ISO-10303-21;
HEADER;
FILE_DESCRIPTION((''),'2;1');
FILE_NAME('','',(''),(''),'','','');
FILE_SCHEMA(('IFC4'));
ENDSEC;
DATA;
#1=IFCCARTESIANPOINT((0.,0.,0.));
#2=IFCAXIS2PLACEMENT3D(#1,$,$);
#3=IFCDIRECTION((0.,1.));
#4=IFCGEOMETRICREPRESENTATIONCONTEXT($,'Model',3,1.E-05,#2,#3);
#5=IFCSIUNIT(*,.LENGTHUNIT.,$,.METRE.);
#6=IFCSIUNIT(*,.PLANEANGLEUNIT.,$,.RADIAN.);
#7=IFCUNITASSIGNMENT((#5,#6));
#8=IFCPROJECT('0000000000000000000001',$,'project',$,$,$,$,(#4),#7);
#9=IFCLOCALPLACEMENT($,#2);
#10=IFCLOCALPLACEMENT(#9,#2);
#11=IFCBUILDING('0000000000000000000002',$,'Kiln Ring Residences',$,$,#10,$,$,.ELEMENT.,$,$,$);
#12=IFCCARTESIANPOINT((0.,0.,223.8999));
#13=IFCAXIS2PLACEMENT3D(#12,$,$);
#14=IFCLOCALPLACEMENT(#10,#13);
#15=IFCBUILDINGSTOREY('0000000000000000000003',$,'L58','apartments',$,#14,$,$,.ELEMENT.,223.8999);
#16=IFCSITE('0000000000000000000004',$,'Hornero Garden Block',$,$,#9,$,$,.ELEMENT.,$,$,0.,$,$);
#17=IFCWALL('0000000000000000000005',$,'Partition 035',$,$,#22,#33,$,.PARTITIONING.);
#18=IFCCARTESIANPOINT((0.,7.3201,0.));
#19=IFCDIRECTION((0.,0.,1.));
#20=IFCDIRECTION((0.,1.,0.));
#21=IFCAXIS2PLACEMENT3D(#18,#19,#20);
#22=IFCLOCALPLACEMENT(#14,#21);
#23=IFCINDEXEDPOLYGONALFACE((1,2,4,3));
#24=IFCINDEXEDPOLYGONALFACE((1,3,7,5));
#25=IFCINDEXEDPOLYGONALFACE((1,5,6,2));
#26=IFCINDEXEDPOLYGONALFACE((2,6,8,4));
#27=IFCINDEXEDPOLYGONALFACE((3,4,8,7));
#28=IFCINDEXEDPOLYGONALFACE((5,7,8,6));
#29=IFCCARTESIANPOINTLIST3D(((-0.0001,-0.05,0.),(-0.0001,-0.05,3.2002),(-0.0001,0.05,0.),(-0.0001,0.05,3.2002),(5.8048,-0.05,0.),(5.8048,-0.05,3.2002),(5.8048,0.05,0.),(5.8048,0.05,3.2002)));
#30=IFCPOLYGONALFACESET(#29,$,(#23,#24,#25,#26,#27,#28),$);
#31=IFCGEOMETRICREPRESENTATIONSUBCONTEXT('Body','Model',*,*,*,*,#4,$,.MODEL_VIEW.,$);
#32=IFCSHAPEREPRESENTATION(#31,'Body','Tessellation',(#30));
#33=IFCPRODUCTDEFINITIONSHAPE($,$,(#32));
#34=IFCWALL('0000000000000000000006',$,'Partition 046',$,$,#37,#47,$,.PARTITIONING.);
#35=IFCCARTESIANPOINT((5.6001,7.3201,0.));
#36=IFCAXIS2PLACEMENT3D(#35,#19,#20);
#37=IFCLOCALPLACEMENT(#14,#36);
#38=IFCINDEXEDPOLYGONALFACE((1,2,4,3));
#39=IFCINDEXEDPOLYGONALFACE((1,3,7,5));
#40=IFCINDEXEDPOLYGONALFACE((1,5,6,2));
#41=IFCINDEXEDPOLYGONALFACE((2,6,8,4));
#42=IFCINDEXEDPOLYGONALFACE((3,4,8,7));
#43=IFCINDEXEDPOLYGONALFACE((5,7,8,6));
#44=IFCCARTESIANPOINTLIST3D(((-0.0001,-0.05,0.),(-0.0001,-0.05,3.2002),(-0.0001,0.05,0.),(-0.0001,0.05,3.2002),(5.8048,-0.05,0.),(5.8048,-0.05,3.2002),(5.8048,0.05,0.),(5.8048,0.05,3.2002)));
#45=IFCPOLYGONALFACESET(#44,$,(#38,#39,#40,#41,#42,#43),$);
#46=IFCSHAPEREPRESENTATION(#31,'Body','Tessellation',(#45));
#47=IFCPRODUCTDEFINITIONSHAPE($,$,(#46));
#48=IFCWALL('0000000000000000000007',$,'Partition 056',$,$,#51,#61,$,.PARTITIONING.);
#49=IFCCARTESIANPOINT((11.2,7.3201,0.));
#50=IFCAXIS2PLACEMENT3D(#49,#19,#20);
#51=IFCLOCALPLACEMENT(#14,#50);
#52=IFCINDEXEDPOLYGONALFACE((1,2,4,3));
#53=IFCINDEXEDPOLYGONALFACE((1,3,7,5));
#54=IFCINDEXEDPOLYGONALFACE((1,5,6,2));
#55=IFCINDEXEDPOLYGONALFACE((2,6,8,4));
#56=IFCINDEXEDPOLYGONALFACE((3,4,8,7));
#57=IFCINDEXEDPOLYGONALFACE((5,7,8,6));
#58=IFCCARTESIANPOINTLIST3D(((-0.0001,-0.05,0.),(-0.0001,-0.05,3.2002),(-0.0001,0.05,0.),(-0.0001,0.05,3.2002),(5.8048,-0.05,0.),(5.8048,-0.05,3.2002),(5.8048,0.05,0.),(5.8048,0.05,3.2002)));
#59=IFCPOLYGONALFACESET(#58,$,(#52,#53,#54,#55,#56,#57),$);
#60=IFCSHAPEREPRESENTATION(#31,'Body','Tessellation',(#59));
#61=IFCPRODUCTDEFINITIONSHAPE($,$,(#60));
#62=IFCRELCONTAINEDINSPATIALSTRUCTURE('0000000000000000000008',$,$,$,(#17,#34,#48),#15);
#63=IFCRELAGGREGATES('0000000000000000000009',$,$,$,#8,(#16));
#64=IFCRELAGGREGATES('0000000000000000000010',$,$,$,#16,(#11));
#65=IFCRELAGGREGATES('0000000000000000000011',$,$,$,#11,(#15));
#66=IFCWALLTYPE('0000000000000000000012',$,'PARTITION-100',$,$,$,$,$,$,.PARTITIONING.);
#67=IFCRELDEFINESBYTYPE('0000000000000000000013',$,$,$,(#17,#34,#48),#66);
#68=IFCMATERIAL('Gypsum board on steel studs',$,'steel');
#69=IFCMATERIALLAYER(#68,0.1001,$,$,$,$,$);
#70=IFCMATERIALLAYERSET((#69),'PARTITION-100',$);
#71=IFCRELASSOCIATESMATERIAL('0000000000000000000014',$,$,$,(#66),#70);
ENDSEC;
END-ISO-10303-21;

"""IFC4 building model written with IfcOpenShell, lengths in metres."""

from ifc_helpers import new_model, si_unit, direction, frame, frame_2d, origin, place, context, subcontext, project, spatial, rectangle, extrude, material, layer, layer_set, type_object, element, save


model = new_model("IFC4")

# Units and contexts
model_context = context("Model", 3, precision=1e-05, world=origin(), true_north=direction((0.0, 1.0)))
body_context = subcontext(model_context, "Body", "Model", "MODEL_VIEW")
ifc_project = project(units=[si_unit("LENGTHUNIT", "METRE"), si_unit("PLANEANGLEUNIT", "RADIAN")], contexts=[model_context])

# Site, building, storey
site_placement = place(None, origin())
site = spatial("IfcSite", under=ifc_project, at=site_placement, Name="Hornero Garden Block", CompositionType="ELEMENT", RefElevation=0.0)
building_placement = place(site_placement, origin())
building = spatial("IfcBuilding", under=site, at=building_placement, Name="Kiln Ring Residences", CompositionType="ELEMENT")
storey_placement = place(building_placement, frame((0.0, 0.0, 223.8999)))
storey = spatial("IfcBuildingStorey", under=building, at=storey_placement, Name="L58", Description="apartments", CompositionType="ELEMENT", Elevation=223.8999)

# Wall
ifc_material_1 = material(Name="Gypsum board on steel studs", Category="steel")
ifc_layer_1 = layer(ifc_material_1, 0.1001)
ifc_layer_set_1 = layer_set([ifc_layer_1], Name="PARTITION-100")
wall_type_1 = type_object("IfcWallType", Name="PARTITION-100", PredefinedType="PARTITIONING", material=ifc_layer_set_1)
wall_1_placement = place(storey_placement, frame((0.0, 7.3201, 0.0), z_axis=(0.0, 0.0, 1.0), x_axis=(0.0, 1.0, 0.0)))
element("IfcWall", 1, at=wall_1_placement, inside=storey, type_object=wall_type_1, Name="Partition 035", PredefinedType="PARTITIONING", context=body_context, shape_type="SweptSolid", body=[
    extrude(rectangle(XDim=5.8049, YDim=0.1001, at=frame_2d((2.9023, 0.0))), origin(), (0.0, 0.0, 1.0), 3.2002),
])

# Walls
wall_2_placement = place(storey_placement, frame((5.6001, 7.3201, 0.0), z_axis=(0.0, 0.0, 1.0), x_axis=(0.0, 1.0, 0.0)))
element("IfcWall", 2, at=wall_2_placement, inside=storey, type_object=wall_type_1, Name="Partition 046", PredefinedType="PARTITIONING", context=body_context, shape_type="SweptSolid", body=[
    extrude(rectangle(XDim=5.8049, YDim=0.1001, at=frame_2d((2.9023, 0.0))), origin(), (0.0, 0.0, 1.0), 3.2002),
])
wall_3_placement = place(storey_placement, frame((11.2, 7.3201, 0.0), z_axis=(0.0, 0.0, 1.0), x_axis=(0.0, 1.0, 0.0)))
element("IfcWall", 3, at=wall_3_placement, inside=storey, type_object=wall_type_1, Name="Partition 056", PredefinedType="PARTITIONING", context=body_context, shape_type="SweptSolid", body=[
    extrude(rectangle(XDim=5.8049, YDim=0.1001, at=frame_2d((2.9023, 0.0))), origin(), (0.0, 0.0, 1.0), 3.2002),
])

save(model, "model.ifc")
